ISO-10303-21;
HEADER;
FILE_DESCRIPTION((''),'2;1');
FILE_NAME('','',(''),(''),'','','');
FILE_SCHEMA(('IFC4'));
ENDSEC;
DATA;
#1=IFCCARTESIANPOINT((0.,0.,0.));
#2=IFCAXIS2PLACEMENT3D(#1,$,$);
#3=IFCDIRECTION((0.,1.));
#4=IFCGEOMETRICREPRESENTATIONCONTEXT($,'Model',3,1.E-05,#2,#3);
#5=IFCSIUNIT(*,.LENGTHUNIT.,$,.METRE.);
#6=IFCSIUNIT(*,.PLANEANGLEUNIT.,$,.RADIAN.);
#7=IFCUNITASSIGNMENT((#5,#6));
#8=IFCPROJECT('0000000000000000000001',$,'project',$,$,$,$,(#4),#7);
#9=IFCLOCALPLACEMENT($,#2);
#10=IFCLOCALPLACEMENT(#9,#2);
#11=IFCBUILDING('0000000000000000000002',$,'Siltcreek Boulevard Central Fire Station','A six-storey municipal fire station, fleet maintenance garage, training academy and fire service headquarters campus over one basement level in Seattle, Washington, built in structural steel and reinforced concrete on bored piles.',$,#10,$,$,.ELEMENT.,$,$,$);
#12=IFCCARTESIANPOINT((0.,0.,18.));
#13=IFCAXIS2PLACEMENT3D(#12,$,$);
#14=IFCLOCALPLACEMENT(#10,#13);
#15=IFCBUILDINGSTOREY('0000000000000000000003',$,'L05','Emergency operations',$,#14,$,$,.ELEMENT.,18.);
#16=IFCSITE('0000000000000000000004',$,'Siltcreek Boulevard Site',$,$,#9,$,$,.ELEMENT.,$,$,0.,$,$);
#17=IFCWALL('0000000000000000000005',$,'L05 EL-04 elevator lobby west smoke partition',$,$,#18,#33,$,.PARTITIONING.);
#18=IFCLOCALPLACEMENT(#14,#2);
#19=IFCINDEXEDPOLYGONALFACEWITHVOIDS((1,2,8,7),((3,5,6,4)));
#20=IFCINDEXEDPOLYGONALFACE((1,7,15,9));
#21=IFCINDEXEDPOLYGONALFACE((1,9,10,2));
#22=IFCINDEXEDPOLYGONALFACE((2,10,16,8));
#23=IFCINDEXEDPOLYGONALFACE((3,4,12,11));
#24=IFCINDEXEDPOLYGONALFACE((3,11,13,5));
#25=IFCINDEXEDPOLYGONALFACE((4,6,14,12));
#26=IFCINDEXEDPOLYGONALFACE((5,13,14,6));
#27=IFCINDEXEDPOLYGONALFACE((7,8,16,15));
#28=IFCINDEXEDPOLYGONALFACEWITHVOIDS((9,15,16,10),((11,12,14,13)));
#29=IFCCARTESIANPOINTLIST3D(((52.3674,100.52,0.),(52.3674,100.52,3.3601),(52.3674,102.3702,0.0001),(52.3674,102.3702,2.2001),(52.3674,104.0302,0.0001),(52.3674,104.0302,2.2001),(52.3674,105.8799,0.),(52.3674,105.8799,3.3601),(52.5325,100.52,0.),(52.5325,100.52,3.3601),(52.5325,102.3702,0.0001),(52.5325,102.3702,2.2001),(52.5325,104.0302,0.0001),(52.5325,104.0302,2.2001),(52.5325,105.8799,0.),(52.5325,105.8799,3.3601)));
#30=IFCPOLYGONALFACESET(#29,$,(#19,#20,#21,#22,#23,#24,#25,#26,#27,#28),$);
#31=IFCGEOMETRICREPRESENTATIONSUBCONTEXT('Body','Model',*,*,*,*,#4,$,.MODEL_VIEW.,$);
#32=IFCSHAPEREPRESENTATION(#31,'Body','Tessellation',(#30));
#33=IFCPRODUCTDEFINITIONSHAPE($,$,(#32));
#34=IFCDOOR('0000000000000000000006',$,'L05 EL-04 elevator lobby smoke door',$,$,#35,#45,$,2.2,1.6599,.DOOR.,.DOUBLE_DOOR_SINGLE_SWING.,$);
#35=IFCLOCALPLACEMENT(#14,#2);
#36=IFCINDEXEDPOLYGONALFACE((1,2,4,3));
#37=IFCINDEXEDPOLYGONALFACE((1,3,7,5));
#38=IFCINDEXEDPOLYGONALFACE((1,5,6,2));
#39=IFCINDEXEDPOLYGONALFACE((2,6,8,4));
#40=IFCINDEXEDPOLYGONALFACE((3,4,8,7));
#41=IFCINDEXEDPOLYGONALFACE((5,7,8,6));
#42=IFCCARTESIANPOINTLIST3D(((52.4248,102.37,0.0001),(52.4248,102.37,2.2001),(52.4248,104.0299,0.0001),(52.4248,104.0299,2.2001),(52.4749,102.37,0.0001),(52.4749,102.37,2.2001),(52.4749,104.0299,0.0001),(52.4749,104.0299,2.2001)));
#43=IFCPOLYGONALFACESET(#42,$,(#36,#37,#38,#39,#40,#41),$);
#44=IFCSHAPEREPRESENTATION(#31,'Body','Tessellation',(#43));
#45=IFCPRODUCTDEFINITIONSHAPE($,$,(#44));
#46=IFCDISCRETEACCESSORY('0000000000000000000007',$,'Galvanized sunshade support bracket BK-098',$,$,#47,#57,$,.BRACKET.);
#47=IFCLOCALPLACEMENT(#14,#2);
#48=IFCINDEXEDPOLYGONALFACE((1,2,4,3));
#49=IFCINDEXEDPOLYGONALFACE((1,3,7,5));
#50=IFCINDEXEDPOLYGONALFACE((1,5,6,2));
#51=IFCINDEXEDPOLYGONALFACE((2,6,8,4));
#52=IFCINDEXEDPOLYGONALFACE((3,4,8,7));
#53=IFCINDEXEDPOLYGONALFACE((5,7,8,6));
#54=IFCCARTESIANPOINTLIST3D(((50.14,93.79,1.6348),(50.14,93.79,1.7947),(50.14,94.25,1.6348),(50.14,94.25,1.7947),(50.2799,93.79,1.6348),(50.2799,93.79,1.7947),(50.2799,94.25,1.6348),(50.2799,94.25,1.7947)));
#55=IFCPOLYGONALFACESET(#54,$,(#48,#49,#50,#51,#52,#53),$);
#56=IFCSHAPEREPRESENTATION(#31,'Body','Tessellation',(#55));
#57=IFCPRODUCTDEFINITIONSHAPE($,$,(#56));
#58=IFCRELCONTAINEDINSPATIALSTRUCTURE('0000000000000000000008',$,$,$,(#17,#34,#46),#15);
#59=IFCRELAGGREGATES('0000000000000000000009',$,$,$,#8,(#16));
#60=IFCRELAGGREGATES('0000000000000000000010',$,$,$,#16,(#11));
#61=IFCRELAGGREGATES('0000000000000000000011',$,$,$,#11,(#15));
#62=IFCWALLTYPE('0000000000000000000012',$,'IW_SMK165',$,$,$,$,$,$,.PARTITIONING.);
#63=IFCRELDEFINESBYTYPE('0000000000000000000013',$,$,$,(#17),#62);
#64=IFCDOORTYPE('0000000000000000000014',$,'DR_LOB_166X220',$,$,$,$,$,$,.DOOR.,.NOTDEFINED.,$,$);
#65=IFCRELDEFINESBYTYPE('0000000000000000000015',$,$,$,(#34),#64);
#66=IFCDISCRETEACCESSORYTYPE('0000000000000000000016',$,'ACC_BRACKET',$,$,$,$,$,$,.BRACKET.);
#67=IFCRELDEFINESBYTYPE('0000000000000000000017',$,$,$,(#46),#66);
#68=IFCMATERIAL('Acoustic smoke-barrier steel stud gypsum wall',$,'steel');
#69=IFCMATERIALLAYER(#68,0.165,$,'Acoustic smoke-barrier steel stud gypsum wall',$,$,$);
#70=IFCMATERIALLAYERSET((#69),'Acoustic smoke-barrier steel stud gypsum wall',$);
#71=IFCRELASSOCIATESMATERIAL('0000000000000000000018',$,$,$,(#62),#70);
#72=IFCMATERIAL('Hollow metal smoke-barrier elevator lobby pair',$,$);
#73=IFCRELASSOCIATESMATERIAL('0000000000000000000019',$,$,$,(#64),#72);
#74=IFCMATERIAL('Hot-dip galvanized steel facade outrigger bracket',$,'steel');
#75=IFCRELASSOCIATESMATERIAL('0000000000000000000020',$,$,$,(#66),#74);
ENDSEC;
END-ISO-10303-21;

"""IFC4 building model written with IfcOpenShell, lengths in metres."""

from ifc_helpers import new_model, si_unit, direction, frame, frame_2d, origin, origin_2d, place, context, subcontext, project, spatial, rectangle, extrude, material, layer, layer_set, type_object, element, fill, save


model = new_model("IFC4")

# Units and contexts
model_context = context("Model", 3, precision=1e-05, world=origin(), true_north=direction((0.0, 1.0)))
body_context = subcontext(model_context, "Body", "Model", "MODEL_VIEW")
ifc_project = project(units=[si_unit("LENGTHUNIT", "METRE"), si_unit("PLANEANGLEUNIT", "RADIAN")], contexts=[model_context])

# Site, building, storey
site_placement = place(None, origin())
site = spatial("IfcSite", under=ifc_project, at=site_placement, Name="Siltcreek Boulevard Site", CompositionType="ELEMENT", RefElevation=0.0)
building_placement = place(site_placement, origin())
building = spatial("IfcBuilding", under=site, at=building_placement, Name="Siltcreek Boulevard Central Fire Station", Description="A six-storey municipal fire station, fleet maintenance garage, training academy and fire service headquarters campus over one basement level in Seattle, Washington, built in structural steel and reinforced concrete on bored piles.", CompositionType="ELEMENT")
storey_placement = place(building_placement, frame((0.0, 0.0, 18.0)))
storey = spatial("IfcBuildingStorey", under=building, at=storey_placement, Name="L05", Description="Emergency operations", CompositionType="ELEMENT", Elevation=18.0)

# Wall, opening, door
ifc_material_1 = material(Name="Acoustic smoke-barrier steel stud gypsum wall", Category="steel")
ifc_layer_1 = layer(ifc_material_1, 0.165, Name="Acoustic smoke-barrier steel stud gypsum wall")
ifc_layer_set_1 = layer_set([ifc_layer_1], Name="Acoustic smoke-barrier steel stud gypsum wall")
wall_type_1 = type_object("IfcWallType", Name="IW_SMK165", PredefinedType="PARTITIONING", material=ifc_layer_set_1)
wall_1_placement = place(storey_placement, frame((52.45, 100.52, 0.0), z_axis=(0.0, 0.0, 1.0), x_axis=(0.0, 1.0, 0.0)))
wall_1 = element("IfcWall", 1, at=wall_1_placement, inside=storey, type_object=wall_type_1, Name="L05 EL-04 elevator lobby west smoke partition", PredefinedType="PARTITIONING", context=body_context, shape_type="SweptSolid", body=[
    extrude(rectangle(XDim=5.3599, YDim=0.165, at=frame_2d((2.6799, 0.0))), origin(), (0.0, 0.0, 1.0), 3.3601),
])
opening_1_placement = place(wall_1_placement, frame((1.8501, 0.0, 0.0)))
opening_1 = element("IfcOpeningElement", 2, at=opening_1_placement, cuts=wall_1, PredefinedType="OPENING", context=body_context, shape_type="SweptSolid", body=[
    extrude(rectangle(XDim=1.6599, YDim=2.2, at=frame_2d((0.8301, 1.1001))), frame((0.0, 0.0925, 0.0), z_axis=(0.0, -1.0, 0.0), x_axis=(1.0, 0.0, 0.0)), (0.0, 0.0, 1.0), 0.1851),
])
ifc_material_2 = material(Name="Hollow metal smoke-barrier elevator lobby pair")
door_type_1 = type_object("IfcDoorType", Name="DR_LOB_166X220", OperationType="NOTDEFINED", PredefinedType="DOOR", material=ifc_material_2)
door_1_placement = place(opening_1_placement, frame((1.6599, 0.0, 0.0), z_axis=(0.0, 0.0, 1.0), x_axis=(-1.0, 0.0, 0.0)))
door_1 = element("IfcDoor", 3, at=door_1_placement, inside=storey, type_object=door_type_1, Name="L05 EL-04 elevator lobby smoke door", OperationType="DOUBLE_DOOR_SINGLE_SWING", OverallHeight=2.2, OverallWidth=1.6599, PredefinedType="DOOR", context=body_context, shape_type="SweptSolid", body=[
    extrude(rectangle(XDim=1.6599, YDim=2.2, at=frame_2d((0.8301, 1.1001))), frame((0.0, 0.0249, 0.0), z_axis=(0.0, -1.0, 0.0), x_axis=(1.0, 0.0, 0.0)), (0.0, 0.0, 1.0), 0.05),
])
fill(opening_1, door_1)

# Discrete accessory
ifc_material_3 = material(Name="Hot-dip galvanized steel facade outrigger bracket", Category="steel")
discrete_accessory_type = type_object("IfcDiscreteAccessoryType", Name="ACC_BRACKET", PredefinedType="BRACKET", material=ifc_material_3)
discrete_accessory_placement = place(storey_placement, frame((50.21, 94.02, 1.6348), z_axis=(0.0, 0.0, 1.0), x_axis=(1.0, 0.0, 0.0)))
element("IfcDiscreteAccessory", 4, at=discrete_accessory_placement, inside=storey, type_object=discrete_accessory_type, Name="Galvanized sunshade support bracket BK-098", PredefinedType="BRACKET", context=body_context, shape_type="SweptSolid", body=[
    extrude(rectangle(XDim=0.1399, YDim=0.46, at=origin_2d()), origin(), (0.0, 0.0, 1.0), 0.1599),
])

save(model, "model.ifc")
